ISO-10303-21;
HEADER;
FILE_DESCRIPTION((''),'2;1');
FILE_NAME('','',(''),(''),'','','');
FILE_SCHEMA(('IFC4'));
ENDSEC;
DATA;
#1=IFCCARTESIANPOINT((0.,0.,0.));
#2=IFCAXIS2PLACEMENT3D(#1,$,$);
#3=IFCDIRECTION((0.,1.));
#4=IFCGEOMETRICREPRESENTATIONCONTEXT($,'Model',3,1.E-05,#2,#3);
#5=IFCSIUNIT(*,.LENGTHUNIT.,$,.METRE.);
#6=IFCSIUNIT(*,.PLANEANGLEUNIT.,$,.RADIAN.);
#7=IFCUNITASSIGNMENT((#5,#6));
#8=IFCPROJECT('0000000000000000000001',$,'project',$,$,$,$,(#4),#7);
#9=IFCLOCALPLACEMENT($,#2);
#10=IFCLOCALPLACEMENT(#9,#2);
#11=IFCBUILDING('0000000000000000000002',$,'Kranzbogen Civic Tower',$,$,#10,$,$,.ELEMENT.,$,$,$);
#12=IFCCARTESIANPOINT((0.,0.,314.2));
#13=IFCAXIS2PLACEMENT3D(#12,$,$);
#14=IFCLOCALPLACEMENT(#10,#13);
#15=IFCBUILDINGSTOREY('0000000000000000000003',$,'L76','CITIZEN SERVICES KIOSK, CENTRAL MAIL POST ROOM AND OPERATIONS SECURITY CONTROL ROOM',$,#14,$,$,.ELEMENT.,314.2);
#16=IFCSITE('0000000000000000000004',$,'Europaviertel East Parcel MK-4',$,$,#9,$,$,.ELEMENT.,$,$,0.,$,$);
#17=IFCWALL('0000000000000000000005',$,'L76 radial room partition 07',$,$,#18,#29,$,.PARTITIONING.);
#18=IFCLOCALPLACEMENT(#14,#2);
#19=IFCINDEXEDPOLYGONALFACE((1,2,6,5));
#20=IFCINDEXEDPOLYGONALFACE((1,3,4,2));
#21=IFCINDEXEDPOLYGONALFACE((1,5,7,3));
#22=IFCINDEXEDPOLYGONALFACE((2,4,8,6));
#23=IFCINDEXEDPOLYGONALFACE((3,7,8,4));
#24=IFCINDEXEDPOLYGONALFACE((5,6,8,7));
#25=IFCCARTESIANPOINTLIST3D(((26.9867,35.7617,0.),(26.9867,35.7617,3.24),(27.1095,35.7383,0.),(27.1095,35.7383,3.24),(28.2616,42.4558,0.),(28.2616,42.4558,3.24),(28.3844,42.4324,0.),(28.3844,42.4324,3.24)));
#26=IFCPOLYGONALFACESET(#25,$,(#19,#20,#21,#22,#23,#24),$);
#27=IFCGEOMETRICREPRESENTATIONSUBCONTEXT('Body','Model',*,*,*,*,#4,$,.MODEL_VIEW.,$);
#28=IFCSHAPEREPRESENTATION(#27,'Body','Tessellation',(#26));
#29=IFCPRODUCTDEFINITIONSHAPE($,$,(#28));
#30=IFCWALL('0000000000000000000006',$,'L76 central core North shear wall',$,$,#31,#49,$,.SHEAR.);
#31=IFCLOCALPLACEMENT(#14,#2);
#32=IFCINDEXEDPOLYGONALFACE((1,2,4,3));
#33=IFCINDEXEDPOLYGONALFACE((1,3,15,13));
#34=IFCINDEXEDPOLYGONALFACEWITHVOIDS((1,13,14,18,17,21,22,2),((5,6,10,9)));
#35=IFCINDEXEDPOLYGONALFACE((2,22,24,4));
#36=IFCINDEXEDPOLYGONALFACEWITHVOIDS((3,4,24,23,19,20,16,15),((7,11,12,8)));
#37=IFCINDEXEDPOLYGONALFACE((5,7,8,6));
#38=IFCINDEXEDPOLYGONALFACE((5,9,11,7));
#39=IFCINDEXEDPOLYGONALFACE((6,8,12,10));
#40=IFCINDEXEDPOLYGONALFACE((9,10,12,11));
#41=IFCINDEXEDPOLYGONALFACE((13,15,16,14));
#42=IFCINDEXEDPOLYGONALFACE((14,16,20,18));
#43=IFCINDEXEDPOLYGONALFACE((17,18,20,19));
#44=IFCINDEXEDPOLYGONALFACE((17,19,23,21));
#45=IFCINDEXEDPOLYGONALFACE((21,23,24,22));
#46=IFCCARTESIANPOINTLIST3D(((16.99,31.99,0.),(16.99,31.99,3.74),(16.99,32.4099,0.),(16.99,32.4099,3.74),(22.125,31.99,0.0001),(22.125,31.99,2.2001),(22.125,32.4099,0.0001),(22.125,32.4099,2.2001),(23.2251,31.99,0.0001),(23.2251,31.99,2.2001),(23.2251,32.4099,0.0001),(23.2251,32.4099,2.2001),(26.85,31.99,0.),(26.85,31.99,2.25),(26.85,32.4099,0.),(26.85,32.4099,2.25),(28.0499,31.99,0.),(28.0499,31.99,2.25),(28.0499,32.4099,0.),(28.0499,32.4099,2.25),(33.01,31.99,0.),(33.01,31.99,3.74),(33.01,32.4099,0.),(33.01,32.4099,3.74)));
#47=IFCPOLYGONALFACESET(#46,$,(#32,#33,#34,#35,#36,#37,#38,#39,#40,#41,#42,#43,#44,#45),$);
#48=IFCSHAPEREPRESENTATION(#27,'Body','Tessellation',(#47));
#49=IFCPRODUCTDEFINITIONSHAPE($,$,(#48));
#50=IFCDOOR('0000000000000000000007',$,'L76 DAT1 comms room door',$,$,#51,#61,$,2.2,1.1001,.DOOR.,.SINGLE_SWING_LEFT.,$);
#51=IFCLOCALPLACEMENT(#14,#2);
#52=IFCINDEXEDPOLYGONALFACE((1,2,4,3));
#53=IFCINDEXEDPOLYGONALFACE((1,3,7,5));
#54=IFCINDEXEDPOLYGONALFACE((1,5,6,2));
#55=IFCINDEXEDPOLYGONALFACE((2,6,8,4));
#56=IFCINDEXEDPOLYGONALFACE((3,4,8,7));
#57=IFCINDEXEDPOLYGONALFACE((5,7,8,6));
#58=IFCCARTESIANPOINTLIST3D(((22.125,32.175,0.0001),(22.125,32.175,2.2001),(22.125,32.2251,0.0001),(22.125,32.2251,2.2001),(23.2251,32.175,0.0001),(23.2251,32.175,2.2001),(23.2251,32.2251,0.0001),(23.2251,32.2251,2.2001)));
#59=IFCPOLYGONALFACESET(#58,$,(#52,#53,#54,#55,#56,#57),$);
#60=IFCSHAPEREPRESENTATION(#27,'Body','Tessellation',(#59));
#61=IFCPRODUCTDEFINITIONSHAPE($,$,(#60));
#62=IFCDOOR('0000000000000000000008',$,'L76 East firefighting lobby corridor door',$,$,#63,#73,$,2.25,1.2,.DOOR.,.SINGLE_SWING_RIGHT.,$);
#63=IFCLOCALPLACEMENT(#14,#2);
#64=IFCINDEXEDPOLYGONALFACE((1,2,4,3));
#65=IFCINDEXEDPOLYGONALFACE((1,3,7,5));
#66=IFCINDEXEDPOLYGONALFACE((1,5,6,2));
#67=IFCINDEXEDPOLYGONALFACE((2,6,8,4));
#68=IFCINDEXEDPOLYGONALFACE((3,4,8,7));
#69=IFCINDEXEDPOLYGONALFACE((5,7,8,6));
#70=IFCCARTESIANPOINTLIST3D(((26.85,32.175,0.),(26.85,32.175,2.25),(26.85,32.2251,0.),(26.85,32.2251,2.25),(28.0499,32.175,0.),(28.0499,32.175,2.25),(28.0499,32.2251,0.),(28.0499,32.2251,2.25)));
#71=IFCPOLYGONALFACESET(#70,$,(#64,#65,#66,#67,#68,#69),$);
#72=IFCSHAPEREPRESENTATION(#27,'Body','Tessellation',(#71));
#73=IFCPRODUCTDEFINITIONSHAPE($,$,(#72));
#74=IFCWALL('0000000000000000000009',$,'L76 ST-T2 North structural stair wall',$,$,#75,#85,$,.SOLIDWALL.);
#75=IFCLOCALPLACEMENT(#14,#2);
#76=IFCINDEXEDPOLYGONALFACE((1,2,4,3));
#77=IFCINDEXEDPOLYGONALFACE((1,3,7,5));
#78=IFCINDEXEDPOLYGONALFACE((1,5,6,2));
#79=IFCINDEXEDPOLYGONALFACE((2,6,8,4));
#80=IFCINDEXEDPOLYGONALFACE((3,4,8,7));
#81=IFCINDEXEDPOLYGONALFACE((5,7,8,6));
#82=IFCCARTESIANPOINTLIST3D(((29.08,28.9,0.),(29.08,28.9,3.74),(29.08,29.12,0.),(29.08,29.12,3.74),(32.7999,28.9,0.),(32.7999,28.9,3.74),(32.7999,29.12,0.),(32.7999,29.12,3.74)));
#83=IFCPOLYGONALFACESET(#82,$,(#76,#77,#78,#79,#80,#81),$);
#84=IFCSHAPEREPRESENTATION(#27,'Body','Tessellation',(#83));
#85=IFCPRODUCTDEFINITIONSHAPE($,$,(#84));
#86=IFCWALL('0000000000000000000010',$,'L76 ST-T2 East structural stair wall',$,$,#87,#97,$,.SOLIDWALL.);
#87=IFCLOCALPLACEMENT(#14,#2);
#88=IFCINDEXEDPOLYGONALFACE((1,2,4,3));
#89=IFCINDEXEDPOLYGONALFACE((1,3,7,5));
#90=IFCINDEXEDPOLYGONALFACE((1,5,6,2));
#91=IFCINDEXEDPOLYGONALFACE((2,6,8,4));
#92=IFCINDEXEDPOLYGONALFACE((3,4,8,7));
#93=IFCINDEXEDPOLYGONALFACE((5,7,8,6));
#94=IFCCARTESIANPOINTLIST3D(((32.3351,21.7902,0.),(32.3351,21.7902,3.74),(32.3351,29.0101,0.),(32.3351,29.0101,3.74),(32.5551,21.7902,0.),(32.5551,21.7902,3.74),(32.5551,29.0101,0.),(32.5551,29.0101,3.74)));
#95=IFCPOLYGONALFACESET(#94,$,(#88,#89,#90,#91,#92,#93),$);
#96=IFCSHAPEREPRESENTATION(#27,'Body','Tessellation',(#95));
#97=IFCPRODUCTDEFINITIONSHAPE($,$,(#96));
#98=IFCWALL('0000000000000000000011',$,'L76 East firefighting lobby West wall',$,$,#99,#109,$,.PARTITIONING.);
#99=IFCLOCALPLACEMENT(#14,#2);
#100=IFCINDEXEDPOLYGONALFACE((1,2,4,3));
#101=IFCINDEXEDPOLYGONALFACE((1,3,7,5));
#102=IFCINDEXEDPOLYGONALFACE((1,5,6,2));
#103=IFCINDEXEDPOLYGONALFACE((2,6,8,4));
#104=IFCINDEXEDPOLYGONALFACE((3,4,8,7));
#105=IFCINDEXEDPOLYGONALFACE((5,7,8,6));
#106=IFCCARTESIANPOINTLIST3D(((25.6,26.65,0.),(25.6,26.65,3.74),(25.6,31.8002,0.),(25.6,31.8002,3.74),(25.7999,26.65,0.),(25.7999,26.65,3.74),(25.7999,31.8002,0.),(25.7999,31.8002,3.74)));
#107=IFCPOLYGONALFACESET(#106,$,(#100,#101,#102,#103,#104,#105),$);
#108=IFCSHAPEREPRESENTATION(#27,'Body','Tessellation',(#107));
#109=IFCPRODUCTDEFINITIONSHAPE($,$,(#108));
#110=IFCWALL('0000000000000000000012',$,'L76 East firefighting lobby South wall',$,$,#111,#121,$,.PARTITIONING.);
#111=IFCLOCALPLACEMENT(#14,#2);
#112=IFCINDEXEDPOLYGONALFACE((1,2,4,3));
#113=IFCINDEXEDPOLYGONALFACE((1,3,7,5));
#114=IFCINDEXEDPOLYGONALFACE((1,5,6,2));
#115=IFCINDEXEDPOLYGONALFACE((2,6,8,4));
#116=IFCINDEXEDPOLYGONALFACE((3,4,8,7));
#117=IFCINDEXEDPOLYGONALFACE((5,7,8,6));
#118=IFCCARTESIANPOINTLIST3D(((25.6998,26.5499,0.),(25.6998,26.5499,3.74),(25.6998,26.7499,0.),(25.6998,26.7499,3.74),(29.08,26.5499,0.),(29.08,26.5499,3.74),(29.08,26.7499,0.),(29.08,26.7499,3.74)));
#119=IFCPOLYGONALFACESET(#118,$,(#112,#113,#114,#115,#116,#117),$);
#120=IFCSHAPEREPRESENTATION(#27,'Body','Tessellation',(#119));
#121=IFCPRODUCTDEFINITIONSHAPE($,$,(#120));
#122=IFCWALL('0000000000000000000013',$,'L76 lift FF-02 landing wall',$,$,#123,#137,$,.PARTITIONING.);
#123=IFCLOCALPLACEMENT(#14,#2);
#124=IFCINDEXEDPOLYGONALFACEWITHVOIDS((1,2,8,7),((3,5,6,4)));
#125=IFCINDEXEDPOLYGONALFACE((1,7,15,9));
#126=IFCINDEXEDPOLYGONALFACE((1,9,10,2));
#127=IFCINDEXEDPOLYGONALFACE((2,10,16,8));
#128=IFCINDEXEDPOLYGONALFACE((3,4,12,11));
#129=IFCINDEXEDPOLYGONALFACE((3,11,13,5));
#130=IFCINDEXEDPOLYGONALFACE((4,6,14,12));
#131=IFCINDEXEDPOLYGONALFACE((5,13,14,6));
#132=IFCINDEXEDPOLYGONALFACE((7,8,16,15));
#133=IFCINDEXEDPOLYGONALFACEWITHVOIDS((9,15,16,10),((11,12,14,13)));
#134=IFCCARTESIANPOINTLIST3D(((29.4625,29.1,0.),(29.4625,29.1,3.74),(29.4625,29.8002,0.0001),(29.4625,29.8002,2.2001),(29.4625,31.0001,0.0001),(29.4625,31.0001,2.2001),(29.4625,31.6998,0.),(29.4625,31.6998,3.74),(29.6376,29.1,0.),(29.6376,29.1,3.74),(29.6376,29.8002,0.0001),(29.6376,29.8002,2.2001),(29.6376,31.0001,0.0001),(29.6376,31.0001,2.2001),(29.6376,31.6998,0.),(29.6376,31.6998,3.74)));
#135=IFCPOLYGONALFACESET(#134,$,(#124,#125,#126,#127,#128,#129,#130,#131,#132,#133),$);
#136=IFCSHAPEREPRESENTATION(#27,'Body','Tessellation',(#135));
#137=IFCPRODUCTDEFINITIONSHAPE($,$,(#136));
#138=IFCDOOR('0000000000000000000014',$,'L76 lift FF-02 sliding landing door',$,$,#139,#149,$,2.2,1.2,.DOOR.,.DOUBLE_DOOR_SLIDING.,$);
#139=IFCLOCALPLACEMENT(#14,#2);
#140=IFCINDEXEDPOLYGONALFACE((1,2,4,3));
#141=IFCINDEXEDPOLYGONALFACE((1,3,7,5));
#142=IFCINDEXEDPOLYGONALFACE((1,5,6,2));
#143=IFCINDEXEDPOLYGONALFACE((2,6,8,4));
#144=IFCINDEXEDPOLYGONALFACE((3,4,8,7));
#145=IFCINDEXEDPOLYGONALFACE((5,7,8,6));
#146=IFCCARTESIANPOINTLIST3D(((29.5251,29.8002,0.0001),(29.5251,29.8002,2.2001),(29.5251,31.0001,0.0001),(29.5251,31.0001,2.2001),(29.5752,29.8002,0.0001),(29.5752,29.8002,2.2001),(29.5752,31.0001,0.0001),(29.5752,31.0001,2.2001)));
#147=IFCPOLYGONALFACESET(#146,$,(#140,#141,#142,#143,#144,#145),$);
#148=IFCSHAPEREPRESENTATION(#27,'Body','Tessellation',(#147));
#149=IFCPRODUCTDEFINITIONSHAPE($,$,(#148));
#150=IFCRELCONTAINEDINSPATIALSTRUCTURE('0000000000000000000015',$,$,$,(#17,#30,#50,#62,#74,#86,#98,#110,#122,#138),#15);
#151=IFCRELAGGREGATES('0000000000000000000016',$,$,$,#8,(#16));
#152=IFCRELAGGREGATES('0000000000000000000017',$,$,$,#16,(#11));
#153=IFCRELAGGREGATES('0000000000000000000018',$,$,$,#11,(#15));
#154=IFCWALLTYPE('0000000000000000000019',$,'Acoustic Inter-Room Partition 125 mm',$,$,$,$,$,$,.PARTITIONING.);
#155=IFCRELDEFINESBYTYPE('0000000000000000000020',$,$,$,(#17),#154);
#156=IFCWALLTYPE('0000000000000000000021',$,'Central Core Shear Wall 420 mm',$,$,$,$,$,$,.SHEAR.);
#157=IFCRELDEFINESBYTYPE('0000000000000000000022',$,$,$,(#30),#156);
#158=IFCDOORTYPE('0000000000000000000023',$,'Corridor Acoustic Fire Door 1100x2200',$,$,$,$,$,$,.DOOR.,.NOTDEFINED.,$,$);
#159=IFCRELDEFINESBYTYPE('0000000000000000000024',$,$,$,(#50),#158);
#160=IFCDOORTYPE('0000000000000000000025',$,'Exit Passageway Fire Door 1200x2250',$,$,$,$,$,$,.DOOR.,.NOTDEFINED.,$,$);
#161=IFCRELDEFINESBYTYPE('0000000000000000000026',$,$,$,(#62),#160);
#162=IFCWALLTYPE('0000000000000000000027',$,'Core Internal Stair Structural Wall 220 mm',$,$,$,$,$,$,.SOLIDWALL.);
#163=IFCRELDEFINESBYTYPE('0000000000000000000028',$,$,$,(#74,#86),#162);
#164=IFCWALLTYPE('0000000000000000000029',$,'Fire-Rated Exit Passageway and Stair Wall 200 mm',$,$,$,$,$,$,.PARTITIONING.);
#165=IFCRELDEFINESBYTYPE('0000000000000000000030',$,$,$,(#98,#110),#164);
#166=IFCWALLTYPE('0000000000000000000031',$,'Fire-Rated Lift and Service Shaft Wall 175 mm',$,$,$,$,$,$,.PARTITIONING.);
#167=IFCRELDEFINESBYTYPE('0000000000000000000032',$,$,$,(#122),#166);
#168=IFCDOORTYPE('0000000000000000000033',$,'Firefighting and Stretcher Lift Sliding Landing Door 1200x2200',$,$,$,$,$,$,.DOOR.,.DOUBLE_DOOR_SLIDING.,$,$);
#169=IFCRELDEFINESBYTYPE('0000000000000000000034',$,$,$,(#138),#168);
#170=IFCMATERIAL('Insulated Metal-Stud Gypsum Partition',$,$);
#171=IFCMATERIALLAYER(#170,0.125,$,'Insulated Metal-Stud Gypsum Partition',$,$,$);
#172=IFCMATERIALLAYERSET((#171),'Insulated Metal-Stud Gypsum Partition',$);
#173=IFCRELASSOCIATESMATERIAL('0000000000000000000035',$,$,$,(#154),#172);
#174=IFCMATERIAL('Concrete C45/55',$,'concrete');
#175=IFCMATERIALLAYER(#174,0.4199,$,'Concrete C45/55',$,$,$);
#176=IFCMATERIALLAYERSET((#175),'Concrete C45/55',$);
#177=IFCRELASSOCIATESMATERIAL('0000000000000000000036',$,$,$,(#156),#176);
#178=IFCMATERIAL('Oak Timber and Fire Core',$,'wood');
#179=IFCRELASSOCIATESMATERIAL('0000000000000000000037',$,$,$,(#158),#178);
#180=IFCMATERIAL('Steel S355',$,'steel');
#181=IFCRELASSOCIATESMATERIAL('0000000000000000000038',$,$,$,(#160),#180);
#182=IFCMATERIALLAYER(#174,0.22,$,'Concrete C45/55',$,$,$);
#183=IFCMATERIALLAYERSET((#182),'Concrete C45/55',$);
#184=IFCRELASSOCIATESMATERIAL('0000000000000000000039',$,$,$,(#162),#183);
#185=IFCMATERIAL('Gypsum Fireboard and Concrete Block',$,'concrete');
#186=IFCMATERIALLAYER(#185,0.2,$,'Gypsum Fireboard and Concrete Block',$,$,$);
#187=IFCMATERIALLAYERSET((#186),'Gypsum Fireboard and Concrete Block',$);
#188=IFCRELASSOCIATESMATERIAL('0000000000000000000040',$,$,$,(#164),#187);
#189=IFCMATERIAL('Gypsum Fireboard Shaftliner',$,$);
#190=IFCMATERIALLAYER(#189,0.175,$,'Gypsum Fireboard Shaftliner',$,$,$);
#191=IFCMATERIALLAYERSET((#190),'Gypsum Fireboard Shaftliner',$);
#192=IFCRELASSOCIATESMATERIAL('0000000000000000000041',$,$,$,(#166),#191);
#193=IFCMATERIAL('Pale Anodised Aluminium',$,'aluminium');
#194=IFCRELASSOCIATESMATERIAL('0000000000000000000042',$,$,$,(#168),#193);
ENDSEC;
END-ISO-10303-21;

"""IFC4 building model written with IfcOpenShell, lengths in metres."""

from ifc_helpers import new_model, si_unit, direction, frame, frame_2d, origin, place, context, subcontext, project, spatial, rectangle, extrude, material, layer, layer_set, type_object, element, fill, save


model = new_model("IFC4")

# Units and contexts
model_context = context("Model", 3, precision=1e-05, world=origin(), true_north=direction((0.0, 1.0)))
body_context = subcontext(model_context, "Body", "Model", "MODEL_VIEW")
ifc_project = project(units=[si_unit("LENGTHUNIT", "METRE"), si_unit("PLANEANGLEUNIT", "RADIAN")], contexts=[model_context])

# Site, building, storey
site_placement = place(None, origin())
site = spatial("IfcSite", under=ifc_project, at=site_placement, Name="Europaviertel East Parcel MK-4", CompositionType="ELEMENT", RefElevation=0.0)
building_placement = place(site_placement, origin())
building = spatial("IfcBuilding", under=site, at=building_placement, Name="Kranzbogen Civic Tower", CompositionType="ELEMENT")
storey_placement = place(building_placement, frame((0.0, 0.0, 314.2)))
storey = spatial("IfcBuildingStorey", under=building, at=storey_placement, Name="L76", Description="CITIZEN SERVICES KIOSK, CENTRAL MAIL POST ROOM AND OPERATIONS SECURITY CONTROL ROOM", CompositionType="ELEMENT", Elevation=314.2)

# Shared definitions
ifc_material_1 = material(Name="Steel S355", Category="steel")

# Shared definitions
ifc_material_2 = material(Name="Pale Anodised Aluminium", Category="aluminium")

# Wall
ifc_material_3 = material(Name="Insulated Metal-Stud Gypsum Partition")
ifc_layer_1 = layer(ifc_material_3, 0.125, Name="Insulated Metal-Stud Gypsum Partition")
ifc_layer_set_1 = layer_set([ifc_layer_1], Name="Insulated Metal-Stud Gypsum Partition")
wall_type_1 = type_object("IfcWallType", Name="Acoustic Inter-Room Partition 125 mm", PredefinedType="PARTITIONING", material=ifc_layer_set_1)
wall_1_placement = place(storey_placement, frame((27.0481, 35.75, 0.0), z_axis=(0.0, 0.0, 1.0), x_axis=(0.187089, 0.982343, 0.0)))
element("IfcWall", 1, at=wall_1_placement, inside=storey, type_object=wall_type_1, Name="L76 radial room partition 07", PredefinedType="PARTITIONING", context=body_context, shape_type="SweptSolid", body=[
    extrude(rectangle(XDim=6.8145, YDim=0.125, at=frame_2d((3.4072, 0.0))), origin(), (0.0, 0.0, 1.0), 3.24),
])

# Wall, openings, doors
ifc_material_4 = material(Name="Concrete C45/55", Category="concrete")
ifc_layer_2 = layer(ifc_material_4, 0.4199, Name="Concrete C45/55")
ifc_layer_set_2 = layer_set([ifc_layer_2], Name="Concrete C45/55")
wall_type_2 = type_object("IfcWallType", Name="Central Core Shear Wall 420 mm", PredefinedType="SHEAR", material=ifc_layer_set_2)
wall_2_placement = place(storey_placement, frame((33.01, 32.2, 0.0), z_axis=(0.0, 0.0, 1.0), x_axis=(-1.0, 0.0, 0.0)))
wall_2 = element("IfcWall", 2, at=wall_2_placement, inside=storey, type_object=wall_type_2, Name="L76 central core North shear wall", PredefinedType="SHEAR", context=body_context, shape_type="SweptSolid", body=[
    extrude(rectangle(XDim=16.02, YDim=0.4199, at=frame_2d((8.01, 0.0))), origin(), (0.0, 0.0, 1.0), 3.74),
])
opening_1_placement = place(wall_2_placement, frame((4.96, 0.0, 0.0)))
opening_1 = element("IfcOpeningElement", 3, at=opening_1_placement, cuts=wall_2, PredefinedType="OPENING", context=body_context, shape_type="SweptSolid", body=[
    extrude(rectangle(XDim=1.2, YDim=2.25, at=frame_2d((0.6001, 1.125))), frame((0.0, 0.22, 0.0), z_axis=(0.0, -1.0, 0.0), x_axis=(1.0, 0.0, 0.0)), (0.0, 0.0, 1.0), 0.4399),
])
opening_2_placement = place(wall_2_placement, frame((9.7849, 0.0, 0.0)))
opening_2 = element("IfcOpeningElement", 4, at=opening_2_placement, cuts=wall_2, PredefinedType="OPENING", context=body_context, shape_type="SweptSolid", body=[
    extrude(rectangle(XDim=1.1001, YDim=2.2, at=frame_2d((0.55, 1.1001))), frame((0.0, 0.22, 0.0), z_axis=(0.0, -1.0, 0.0), x_axis=(1.0, 0.0, 0.0)), (0.0, 0.0, 1.0), 0.4399),
])
ifc_material_5 = material(Name="Oak Timber and Fire Core", Category="wood")
door_type_1 = type_object("IfcDoorType", Name="Corridor Acoustic Fire Door 1100x2200", OperationType="NOTDEFINED", PredefinedType="DOOR", material=ifc_material_5)
door_1_placement = place(opening_2_placement, origin())
door_1 = element("IfcDoor", 5, at=door_1_placement, inside=storey, type_object=door_type_1, Name="L76 DAT1 comms room door", OperationType="SINGLE_SWING_LEFT", OverallHeight=2.2, OverallWidth=1.1001, PredefinedType="DOOR", context=body_context, shape_type="SweptSolid", body=[
    extrude(rectangle(XDim=1.1001, YDim=2.2, at=frame_2d((0.55, 1.1001))), frame((0.0, 0.0249, 0.0), z_axis=(0.0, -1.0, 0.0), x_axis=(1.0, 0.0, 0.0)), (0.0, 0.0, 1.0), 0.05),
])
fill(opening_2, door_1)
door_type_2 = type_object("IfcDoorType", Name="Exit Passageway Fire Door 1200x2250", OperationType="NOTDEFINED", PredefinedType="DOOR", material=ifc_material_1)
door_2_placement = place(opening_1_placement, origin())
door_2 = element("IfcDoor", 6, at=door_2_placement, inside=storey, type_object=door_type_2, Name="L76 East firefighting lobby corridor door", OperationType="SINGLE_SWING_RIGHT", OverallHeight=2.25, OverallWidth=1.2, PredefinedType="DOOR", context=body_context, shape_type="SweptSolid", body=[
    extrude(rectangle(XDim=1.2, YDim=2.25, at=frame_2d((0.6001, 1.125))), frame((0.0, 0.0249, 0.0), z_axis=(0.0, -1.0, 0.0), x_axis=(1.0, 0.0, 0.0)), (0.0, 0.0, 1.0), 0.05),
])
fill(opening_1, door_2)

# Walls
ifc_layer_3 = layer(ifc_material_4, 0.22, Name="Concrete C45/55")
ifc_layer_set_3 = layer_set([ifc_layer_3], Name="Concrete C45/55")
wall_type_3 = type_object("IfcWallType", Name="Core Internal Stair Structural Wall 220 mm", PredefinedType="SOLIDWALL", material=ifc_layer_set_3)
wall_3_placement = place(storey_placement, frame((29.0801, 29.01, 0.0), z_axis=(0.0, 0.0, 1.0), x_axis=(1.0, 0.0, 0.0)))
element("IfcWall", 7, at=wall_3_placement, inside=storey, type_object=wall_type_3, Name="L76 ST-T2 North structural stair wall", PredefinedType="SOLIDWALL", context=body_context, shape_type="SweptSolid", body=[
    extrude(rectangle(XDim=3.72, YDim=0.22, at=frame_2d((1.8599, 0.0))), origin(), (0.0, 0.0, 1.0), 3.74),
])
wall_4_placement = place(storey_placement, frame((32.4451, 29.01, 0.0), z_axis=(0.0, 0.0, 1.0), x_axis=(0.0, -1.0, 0.0)))
element("IfcWall", 8, at=wall_4_placement, inside=storey, type_object=wall_type_3, Name="L76 ST-T2 East structural stair wall", PredefinedType="SOLIDWALL", context=body_context, shape_type="SweptSolid", body=[
    extrude(rectangle(XDim=7.22, YDim=0.22, at=frame_2d((3.6099, 0.0))), origin(), (0.0, 0.0, 1.0), 3.74),
])
ifc_material_6 = material(Name="Gypsum Fireboard and Concrete Block", Category="concrete")
ifc_layer_4 = layer(ifc_material_6, 0.2, Name="Gypsum Fireboard and Concrete Block")
ifc_layer_set_4 = layer_set([ifc_layer_4], Name="Gypsum Fireboard and Concrete Block")
wall_type_4 = type_object("IfcWallType", Name="Fire-Rated Exit Passageway and Stair Wall 200 mm", PredefinedType="PARTITIONING", material=ifc_layer_set_4)
wall_5_placement = place(storey_placement, frame((25.7, 26.6499, 0.0), z_axis=(0.0, 0.0, 1.0), x_axis=(0.0, 1.0, 0.0)))
element("IfcWall", 9, at=wall_5_placement, inside=storey, type_object=wall_type_4, Name="L76 East firefighting lobby West wall", PredefinedType="PARTITIONING", context=body_context, shape_type="SweptSolid", body=[
    extrude(rectangle(XDim=5.1501, YDim=0.2, at=frame_2d((2.5752, 0.0))), origin(), (0.0, 0.0, 1.0), 3.74),
])
wall_6_placement = place(storey_placement, frame((25.7, 26.6499, 0.0), z_axis=(0.0, 0.0, 1.0), x_axis=(1.0, 0.0, 0.0)))
element("IfcWall", 10, at=wall_6_placement, inside=storey, type_object=wall_type_4, Name="L76 East firefighting lobby South wall", PredefinedType="PARTITIONING", context=body_context, shape_type="SweptSolid", body=[
    extrude(rectangle(XDim=3.3801, YDim=0.2, at=frame_2d((1.6899, 0.0))), origin(), (0.0, 0.0, 1.0), 3.74),
])

# Wall, opening, door
ifc_material_7 = material(Name="Gypsum Fireboard Shaftliner")
ifc_layer_5 = layer(ifc_material_7, 0.175, Name="Gypsum Fireboard Shaftliner")
ifc_layer_set_5 = layer_set([ifc_layer_5], Name="Gypsum Fireboard Shaftliner")
wall_type_5 = type_object("IfcWallType", Name="Fire-Rated Lift and Service Shaft Wall 175 mm", PredefinedType="PARTITIONING", material=ifc_layer_set_5)
wall_7_placement = place(storey_placement, frame((29.55, 29.1001, 0.0), z_axis=(0.0, 0.0, 1.0), x_axis=(0.0, 1.0, 0.0)))
wall_7 = element("IfcWall", 11, at=wall_7_placement, inside=storey, type_object=wall_type_5, Name="L76 lift FF-02 landing wall", PredefinedType="PARTITIONING", context=body_context, shape_type="SweptSolid", body=[
    extrude(rectangle(XDim=2.5999, YDim=0.175, at=frame_2d((1.2998, 0.0))), origin(), (0.0, 0.0, 1.0), 3.74),
])
opening_3_placement = place(wall_7_placement, frame((0.7, 0.0, 0.0)))
opening_3 = element("IfcOpeningElement", 12, at=opening_3_placement, cuts=wall_7, PredefinedType="OPENING", context=body_context, shape_type="SweptSolid", body=[
    extrude(rectangle(XDim=1.2, YDim=2.2, at=frame_2d((0.6001, 1.1001))), frame((0.0, 0.0977, 0.0), z_axis=(0.0, -1.0, 0.0), x_axis=(1.0, 0.0, 0.0)), (0.0, 0.0, 1.0), 0.1951),
])
door_type_3 = type_object("IfcDoorType", Name="Firefighting and Stretcher Lift Sliding Landing Door 1200x2200", OperationType="DOUBLE_DOOR_SLIDING", PredefinedType="DOOR", material=ifc_material_2)
door_3_placement = place(opening_3_placement, origin())
door_3 = element("IfcDoor", 13, at=door_3_placement, inside=storey, type_object=door_type_3, Name="L76 lift FF-02 sliding landing door", OperationType="DOUBLE_DOOR_SLIDING", OverallHeight=2.2, OverallWidth=1.2, PredefinedType="DOOR", context=body_context, shape_type="SweptSolid", body=[
    extrude(rectangle(XDim=1.2, YDim=2.2, at=frame_2d((0.6001, 1.1001))), frame((0.0, 0.0249, 0.0), z_axis=(0.0, -1.0, 0.0), x_axis=(1.0, 0.0, 0.0)), (0.0, 0.0, 1.0), 0.05),
])
fill(opening_3, door_3)

save(model, "model.ifc")
